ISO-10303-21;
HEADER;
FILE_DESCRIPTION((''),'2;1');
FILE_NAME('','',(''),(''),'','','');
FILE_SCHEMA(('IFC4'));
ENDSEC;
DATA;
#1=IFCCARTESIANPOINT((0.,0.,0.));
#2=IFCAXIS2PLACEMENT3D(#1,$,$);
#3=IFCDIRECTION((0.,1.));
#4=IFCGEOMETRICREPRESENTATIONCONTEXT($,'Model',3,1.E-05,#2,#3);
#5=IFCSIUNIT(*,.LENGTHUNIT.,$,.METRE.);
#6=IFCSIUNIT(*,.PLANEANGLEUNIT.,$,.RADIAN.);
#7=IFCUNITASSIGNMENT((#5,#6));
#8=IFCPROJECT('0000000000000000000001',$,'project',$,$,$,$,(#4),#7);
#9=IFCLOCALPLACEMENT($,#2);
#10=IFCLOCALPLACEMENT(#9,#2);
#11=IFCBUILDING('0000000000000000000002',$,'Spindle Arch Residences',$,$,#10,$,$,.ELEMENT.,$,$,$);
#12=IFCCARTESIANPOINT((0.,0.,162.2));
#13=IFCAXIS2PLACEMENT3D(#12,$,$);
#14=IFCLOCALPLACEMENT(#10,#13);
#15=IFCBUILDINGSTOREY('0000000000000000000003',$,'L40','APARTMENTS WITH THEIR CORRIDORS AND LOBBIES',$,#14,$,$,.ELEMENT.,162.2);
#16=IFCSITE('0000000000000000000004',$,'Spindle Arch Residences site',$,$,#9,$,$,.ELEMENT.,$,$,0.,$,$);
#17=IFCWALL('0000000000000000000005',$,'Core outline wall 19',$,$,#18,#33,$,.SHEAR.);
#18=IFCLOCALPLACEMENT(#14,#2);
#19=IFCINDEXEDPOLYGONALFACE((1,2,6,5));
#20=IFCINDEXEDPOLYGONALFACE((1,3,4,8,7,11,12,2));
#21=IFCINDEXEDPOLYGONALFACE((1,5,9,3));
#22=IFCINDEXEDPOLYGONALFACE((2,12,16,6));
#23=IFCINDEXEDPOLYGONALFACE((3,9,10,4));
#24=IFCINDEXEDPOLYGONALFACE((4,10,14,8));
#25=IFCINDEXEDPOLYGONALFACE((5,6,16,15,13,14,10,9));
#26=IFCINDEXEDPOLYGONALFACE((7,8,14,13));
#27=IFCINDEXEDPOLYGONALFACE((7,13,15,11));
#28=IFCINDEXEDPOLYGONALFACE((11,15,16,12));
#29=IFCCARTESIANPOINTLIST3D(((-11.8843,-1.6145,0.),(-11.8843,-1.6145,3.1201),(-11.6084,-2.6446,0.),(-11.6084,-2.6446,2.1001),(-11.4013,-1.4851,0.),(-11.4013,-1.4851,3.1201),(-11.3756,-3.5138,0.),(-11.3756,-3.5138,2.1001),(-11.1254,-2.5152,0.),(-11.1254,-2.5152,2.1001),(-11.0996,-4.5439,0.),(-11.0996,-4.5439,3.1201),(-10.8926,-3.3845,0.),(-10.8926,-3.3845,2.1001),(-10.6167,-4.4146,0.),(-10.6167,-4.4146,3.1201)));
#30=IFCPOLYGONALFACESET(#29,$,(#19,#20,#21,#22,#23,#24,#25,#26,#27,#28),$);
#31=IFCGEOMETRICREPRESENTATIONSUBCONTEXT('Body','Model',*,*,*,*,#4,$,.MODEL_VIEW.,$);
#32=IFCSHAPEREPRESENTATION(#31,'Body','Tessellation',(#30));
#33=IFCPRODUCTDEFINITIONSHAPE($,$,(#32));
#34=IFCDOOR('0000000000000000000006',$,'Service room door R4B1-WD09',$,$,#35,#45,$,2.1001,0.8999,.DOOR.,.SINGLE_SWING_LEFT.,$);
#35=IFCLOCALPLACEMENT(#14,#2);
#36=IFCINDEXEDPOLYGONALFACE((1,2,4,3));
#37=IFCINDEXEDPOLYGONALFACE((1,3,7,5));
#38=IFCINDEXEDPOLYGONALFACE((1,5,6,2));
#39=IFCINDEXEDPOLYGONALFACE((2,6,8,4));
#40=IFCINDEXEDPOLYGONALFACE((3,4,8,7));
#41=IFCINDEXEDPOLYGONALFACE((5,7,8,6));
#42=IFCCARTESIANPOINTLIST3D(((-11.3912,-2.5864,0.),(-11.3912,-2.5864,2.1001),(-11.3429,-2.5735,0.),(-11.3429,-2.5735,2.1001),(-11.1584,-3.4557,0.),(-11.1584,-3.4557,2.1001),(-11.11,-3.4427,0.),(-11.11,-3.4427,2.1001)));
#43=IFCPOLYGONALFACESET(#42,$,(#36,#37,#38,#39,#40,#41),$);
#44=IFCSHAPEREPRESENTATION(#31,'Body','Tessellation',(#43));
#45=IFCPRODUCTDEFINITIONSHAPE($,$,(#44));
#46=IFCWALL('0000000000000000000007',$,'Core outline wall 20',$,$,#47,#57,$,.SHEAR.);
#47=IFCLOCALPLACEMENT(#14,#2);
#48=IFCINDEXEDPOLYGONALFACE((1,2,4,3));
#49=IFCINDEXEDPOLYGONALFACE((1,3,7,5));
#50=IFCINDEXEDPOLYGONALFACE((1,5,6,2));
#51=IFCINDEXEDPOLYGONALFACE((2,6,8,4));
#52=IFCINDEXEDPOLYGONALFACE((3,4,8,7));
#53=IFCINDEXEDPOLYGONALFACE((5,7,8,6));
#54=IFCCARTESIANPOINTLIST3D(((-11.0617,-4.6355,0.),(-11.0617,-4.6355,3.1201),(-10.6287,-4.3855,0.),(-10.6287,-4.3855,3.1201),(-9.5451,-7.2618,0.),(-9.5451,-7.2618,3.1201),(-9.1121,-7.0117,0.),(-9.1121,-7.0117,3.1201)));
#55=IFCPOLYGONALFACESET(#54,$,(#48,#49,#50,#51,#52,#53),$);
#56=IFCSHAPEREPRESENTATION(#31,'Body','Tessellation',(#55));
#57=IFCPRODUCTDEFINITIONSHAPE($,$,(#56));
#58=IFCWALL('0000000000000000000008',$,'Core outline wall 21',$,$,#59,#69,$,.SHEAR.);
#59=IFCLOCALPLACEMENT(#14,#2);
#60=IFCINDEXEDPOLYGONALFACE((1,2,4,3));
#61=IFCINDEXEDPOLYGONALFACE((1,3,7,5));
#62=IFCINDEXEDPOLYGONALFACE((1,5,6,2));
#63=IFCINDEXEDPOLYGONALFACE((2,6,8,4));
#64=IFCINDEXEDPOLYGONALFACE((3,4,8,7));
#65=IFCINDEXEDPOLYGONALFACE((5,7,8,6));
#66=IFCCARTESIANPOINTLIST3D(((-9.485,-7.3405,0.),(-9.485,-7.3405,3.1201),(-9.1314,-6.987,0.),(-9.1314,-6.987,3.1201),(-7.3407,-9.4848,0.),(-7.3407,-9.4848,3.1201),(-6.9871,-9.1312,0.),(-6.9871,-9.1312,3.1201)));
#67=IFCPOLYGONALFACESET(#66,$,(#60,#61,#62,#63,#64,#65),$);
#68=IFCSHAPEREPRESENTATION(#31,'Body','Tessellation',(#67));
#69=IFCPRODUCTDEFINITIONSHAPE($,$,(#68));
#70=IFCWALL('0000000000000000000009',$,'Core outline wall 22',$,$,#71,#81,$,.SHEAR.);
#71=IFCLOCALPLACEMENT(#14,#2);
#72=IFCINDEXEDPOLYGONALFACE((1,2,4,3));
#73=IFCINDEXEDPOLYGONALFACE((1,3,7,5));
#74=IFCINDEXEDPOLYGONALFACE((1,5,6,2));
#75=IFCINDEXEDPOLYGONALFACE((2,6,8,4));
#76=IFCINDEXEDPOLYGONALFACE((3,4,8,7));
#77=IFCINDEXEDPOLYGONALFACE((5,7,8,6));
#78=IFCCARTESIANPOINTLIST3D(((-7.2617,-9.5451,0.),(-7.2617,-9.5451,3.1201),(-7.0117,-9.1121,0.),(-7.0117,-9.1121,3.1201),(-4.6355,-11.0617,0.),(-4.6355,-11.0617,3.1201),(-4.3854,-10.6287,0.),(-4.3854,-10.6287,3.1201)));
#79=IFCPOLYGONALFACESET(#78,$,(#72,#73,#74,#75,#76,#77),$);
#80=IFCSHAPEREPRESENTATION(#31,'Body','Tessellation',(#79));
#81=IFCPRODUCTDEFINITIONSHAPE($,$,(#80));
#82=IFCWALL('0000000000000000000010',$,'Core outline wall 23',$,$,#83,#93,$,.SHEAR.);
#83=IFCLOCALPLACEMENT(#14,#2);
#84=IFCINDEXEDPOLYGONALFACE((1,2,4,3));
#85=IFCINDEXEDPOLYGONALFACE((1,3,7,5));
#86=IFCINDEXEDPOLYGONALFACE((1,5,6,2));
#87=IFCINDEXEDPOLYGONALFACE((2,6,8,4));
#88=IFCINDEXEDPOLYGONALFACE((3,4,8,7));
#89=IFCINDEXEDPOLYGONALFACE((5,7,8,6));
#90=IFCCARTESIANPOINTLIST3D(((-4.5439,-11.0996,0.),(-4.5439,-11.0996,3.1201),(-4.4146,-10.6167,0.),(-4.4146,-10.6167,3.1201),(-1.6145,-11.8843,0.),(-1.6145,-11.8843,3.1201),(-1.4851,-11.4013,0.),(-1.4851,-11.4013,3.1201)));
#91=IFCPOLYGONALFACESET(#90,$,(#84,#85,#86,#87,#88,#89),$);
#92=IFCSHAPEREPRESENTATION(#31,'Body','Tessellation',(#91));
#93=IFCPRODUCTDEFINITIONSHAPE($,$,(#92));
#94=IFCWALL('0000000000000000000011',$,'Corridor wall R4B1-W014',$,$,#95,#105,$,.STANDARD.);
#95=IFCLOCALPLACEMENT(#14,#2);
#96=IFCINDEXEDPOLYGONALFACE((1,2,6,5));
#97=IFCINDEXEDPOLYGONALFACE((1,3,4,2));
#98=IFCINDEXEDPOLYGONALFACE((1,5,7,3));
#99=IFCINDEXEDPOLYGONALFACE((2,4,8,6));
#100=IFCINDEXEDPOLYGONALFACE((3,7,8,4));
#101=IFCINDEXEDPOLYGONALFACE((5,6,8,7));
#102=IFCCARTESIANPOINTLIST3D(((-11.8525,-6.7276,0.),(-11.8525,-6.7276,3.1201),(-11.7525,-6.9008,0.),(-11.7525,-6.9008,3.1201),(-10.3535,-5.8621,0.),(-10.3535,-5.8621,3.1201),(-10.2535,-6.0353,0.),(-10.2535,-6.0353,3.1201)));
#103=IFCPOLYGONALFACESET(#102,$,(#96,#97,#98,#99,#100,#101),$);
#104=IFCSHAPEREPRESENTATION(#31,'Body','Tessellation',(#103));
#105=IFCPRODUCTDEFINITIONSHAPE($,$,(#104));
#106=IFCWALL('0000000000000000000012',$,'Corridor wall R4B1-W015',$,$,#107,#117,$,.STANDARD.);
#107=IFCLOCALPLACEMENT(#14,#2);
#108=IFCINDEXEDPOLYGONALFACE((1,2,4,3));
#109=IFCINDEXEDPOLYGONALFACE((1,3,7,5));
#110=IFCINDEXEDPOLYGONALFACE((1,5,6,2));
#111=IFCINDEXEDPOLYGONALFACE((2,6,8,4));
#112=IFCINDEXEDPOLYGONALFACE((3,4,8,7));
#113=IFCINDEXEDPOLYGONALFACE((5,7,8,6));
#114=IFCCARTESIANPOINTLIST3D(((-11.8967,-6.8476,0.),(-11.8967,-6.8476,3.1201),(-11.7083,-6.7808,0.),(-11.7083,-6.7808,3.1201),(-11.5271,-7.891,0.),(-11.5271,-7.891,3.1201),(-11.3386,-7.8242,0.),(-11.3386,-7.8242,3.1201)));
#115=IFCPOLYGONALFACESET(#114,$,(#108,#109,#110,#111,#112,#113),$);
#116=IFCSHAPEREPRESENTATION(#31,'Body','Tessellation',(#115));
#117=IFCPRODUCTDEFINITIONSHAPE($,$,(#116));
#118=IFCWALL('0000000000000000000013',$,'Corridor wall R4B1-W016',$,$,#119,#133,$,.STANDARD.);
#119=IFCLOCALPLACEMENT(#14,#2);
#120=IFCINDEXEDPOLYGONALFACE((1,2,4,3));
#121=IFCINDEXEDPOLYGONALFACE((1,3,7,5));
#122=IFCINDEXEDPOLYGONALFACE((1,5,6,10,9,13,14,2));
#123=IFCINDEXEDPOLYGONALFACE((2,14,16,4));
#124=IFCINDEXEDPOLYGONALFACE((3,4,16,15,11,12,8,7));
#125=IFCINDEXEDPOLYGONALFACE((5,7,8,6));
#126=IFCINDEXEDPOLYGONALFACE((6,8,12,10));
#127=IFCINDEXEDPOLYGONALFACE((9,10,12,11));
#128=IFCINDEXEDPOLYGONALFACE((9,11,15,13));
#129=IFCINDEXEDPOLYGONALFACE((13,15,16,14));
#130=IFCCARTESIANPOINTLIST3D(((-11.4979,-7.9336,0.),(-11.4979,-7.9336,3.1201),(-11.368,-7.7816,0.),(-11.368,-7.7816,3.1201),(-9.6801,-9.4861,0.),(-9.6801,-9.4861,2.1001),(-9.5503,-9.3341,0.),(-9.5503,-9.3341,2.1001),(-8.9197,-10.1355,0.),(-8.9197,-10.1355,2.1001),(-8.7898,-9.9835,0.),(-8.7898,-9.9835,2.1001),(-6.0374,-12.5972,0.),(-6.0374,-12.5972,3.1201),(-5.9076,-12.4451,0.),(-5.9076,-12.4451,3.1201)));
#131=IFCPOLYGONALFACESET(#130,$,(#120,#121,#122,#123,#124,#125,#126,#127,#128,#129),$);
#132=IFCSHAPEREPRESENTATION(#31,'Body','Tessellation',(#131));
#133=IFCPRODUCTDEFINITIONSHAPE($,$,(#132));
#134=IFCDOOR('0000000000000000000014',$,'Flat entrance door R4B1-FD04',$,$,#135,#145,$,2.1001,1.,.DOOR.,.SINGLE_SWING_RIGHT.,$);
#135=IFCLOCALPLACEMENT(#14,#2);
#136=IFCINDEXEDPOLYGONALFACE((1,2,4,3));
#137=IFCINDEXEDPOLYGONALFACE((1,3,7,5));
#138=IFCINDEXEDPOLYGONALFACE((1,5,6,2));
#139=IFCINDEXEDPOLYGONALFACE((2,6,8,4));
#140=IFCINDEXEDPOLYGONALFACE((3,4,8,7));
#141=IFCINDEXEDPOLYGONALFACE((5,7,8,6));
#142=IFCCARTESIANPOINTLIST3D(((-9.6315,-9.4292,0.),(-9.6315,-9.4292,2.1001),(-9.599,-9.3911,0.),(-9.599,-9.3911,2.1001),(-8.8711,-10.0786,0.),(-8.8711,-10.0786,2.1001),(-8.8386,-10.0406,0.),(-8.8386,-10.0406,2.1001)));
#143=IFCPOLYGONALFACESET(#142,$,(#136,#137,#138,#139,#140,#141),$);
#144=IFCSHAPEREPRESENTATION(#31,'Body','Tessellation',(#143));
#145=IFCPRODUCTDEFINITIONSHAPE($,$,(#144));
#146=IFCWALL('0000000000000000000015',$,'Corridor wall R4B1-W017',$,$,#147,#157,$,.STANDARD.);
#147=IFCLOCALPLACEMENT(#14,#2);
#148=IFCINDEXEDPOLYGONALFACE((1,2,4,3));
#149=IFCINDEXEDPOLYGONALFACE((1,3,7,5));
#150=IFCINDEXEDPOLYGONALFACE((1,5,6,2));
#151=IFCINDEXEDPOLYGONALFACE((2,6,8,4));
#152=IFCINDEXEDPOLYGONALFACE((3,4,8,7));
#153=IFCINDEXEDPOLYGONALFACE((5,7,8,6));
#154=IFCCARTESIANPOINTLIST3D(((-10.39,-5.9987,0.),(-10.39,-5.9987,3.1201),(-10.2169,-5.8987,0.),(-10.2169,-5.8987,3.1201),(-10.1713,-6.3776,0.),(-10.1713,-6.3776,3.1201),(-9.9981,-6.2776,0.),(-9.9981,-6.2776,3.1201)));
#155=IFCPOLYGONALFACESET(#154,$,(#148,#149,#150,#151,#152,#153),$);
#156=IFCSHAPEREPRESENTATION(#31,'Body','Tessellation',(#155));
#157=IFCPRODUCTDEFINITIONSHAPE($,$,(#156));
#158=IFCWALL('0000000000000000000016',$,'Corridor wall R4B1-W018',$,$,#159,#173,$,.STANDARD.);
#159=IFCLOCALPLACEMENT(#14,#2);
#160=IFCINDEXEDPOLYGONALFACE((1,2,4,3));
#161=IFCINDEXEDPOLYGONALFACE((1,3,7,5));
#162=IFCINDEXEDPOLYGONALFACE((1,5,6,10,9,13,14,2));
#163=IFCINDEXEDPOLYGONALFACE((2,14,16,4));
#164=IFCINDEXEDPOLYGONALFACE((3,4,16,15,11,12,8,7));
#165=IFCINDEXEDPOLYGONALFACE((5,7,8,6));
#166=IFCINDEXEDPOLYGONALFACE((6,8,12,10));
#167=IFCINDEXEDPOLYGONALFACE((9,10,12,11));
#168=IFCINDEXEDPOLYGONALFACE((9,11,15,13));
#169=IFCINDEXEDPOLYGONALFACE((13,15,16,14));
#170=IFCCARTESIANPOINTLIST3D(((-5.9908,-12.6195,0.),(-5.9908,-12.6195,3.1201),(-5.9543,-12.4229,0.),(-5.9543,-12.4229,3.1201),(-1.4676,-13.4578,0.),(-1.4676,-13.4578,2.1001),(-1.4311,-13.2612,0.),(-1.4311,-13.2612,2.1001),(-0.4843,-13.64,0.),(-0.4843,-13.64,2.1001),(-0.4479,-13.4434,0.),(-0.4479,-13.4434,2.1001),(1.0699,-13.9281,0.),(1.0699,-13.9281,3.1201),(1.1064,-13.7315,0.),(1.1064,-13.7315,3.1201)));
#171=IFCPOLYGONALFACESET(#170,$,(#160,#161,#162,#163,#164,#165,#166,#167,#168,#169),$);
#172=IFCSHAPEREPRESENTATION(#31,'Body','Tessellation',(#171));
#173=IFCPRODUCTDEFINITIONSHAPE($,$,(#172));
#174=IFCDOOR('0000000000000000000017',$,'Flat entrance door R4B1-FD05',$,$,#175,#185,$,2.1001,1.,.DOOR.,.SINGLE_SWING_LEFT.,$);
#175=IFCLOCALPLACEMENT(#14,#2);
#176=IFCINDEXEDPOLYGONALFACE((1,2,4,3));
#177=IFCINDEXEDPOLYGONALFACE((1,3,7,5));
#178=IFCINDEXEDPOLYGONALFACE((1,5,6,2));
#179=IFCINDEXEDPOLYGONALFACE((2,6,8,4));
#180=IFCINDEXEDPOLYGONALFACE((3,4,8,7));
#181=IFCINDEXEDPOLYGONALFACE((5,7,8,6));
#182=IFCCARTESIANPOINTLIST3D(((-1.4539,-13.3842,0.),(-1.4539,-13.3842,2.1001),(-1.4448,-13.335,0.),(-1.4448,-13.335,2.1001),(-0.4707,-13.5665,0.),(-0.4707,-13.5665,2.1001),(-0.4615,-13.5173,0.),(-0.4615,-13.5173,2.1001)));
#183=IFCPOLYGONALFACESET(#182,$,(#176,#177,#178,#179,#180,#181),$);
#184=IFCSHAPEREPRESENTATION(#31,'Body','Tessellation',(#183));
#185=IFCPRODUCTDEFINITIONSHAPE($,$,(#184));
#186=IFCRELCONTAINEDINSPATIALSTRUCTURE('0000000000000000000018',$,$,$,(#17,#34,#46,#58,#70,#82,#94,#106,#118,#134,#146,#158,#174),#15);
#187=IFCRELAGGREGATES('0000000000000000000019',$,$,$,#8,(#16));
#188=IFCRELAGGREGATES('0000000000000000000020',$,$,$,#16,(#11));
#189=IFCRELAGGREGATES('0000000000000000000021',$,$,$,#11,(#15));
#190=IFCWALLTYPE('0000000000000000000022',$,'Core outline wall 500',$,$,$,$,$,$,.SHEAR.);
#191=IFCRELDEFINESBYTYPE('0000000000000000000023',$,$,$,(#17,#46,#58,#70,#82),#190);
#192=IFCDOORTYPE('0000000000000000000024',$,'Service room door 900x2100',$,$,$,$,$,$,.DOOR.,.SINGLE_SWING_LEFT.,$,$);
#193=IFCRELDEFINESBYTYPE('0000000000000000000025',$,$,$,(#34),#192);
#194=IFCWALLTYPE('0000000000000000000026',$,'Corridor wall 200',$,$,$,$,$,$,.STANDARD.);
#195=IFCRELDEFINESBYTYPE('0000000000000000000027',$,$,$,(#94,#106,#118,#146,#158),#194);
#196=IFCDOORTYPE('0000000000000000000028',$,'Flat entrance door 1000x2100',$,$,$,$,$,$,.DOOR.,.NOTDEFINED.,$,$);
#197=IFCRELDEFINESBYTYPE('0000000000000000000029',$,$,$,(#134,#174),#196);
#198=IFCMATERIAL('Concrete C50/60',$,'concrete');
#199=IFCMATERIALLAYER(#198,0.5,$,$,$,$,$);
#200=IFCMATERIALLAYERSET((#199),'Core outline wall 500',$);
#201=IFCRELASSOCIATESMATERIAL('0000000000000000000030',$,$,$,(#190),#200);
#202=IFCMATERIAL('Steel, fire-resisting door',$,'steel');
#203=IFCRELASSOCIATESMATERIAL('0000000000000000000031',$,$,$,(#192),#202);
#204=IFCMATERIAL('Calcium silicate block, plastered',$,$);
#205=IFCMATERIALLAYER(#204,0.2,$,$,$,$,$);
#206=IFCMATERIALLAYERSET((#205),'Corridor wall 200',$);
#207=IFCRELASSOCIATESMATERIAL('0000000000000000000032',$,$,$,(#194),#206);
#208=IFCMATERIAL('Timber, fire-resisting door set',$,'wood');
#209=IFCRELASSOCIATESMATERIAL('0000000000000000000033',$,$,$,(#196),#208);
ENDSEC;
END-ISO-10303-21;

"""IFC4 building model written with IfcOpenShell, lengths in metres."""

from ifc_helpers import new_model, si_unit, direction, frame, frame_2d, origin, place, context, subcontext, project, spatial, rectangle, extrude, material, layer, layer_set, type_object, element, fill, save


model = new_model("IFC4")

# Units and contexts
model_context = context("Model", 3, precision=1e-05, world=origin(), true_north=direction((0.0, 1.0)))
body_context = subcontext(model_context, "Body", "Model", "MODEL_VIEW")
ifc_project = project(units=[si_unit("LENGTHUNIT", "METRE"), si_unit("PLANEANGLEUNIT", "RADIAN")], contexts=[model_context])

# Site, building, storey
site_placement = place(None, origin())
site = spatial("IfcSite", under=ifc_project, at=site_placement, Name="Spindle Arch Residences site", CompositionType="ELEMENT", RefElevation=0.0)
building_placement = place(site_placement, origin())
building = spatial("IfcBuilding", under=site, at=building_placement, Name="Spindle Arch Residences", CompositionType="ELEMENT")
storey_placement = place(building_placement, frame((0.0, 0.0, 162.2)))
storey = spatial("IfcBuildingStorey", under=building, at=storey_placement, Name="L40", Description="APARTMENTS WITH THEIR CORRIDORS AND LOBBIES", CompositionType="ELEMENT", Elevation=162.2)

# Wall, opening, door
ifc_material_1 = material(Name="Concrete C50/60", Category="concrete")
ifc_layer_1 = layer(ifc_material_1, 0.5)
ifc_layer_set_1 = layer_set([ifc_layer_1], Name="Core outline wall 500")
wall_type_1 = type_object("IfcWallType", Name="Core outline wall 500", PredefinedType="SHEAR", material=ifc_layer_set_1)
wall_1_placement = place(storey_placement, frame((-11.6428, -1.5498, 0.0), z_axis=(0.0, 0.0, 1.0), x_axis=(0.258735, -0.965948, 0.0)))
wall_1 = element("IfcWall", 1, at=wall_1_placement, inside=storey, type_object=wall_type_1, Name="Core outline wall 19", PredefinedType="SHEAR", context=body_context, shape_type="SweptSolid", body=[
    extrude(rectangle(XDim=3.0327, YDim=0.5, at=frame_2d((1.5164, 0.0))), origin(), (0.0, 0.0, 1.0), 3.1201),
])
opening_1_placement = place(wall_1_placement, frame((1.0664, 0.0, 0.0)))
opening_1 = element("IfcOpeningElement", 2, at=opening_1_placement, cuts=wall_1, PredefinedType="OPENING", context=body_context, shape_type="SweptSolid", body=[
    extrude(rectangle(XDim=0.8999, YDim=2.1001, at=frame_2d((0.45, 1.05))), frame((0.0, 0.26, 0.0), z_axis=(0.0, -1.0, 0.0), x_axis=(1.0, 0.0, 0.0)), (0.0, 0.0, 1.0), 0.52),
])
ifc_material_2 = material(Name="Steel, fire-resisting door", Category="steel")
door_type_1 = type_object("IfcDoorType", Name="Service room door 900x2100", OperationType="SINGLE_SWING_LEFT", PredefinedType="DOOR", material=ifc_material_2)
door_1_placement = place(opening_1_placement, origin())
door_1 = element("IfcDoor", 3, at=door_1_placement, inside=storey, type_object=door_type_1, Name="Service room door R4B1-WD09", OperationType="SINGLE_SWING_LEFT", OverallHeight=2.1001, OverallWidth=0.8999, PredefinedType="DOOR", context=body_context, shape_type="SweptSolid", body=[
    extrude(rectangle(XDim=0.8999, YDim=2.1001, at=frame_2d((0.45, 1.05))), frame((0.0, 0.0249, 0.0), z_axis=(0.0, -1.0, 0.0), x_axis=(1.0, 0.0, 0.0)), (0.0, 0.0, 1.0), 0.05),
])
fill(opening_1, door_1)

# Walls
wall_2_placement = place(storey_placement, frame((-10.8452, -4.5105, 0.0), z_axis=(0.0, 0.0, 1.0), x_axis=(0.500087, -0.865975, 0.0)))
element("IfcWall", 4, at=wall_2_placement, inside=storey, type_object=wall_type_1, Name="Core outline wall 20", PredefinedType="SHEAR", context=body_context, shape_type="SweptSolid", body=[
    extrude(rectangle(XDim=3.0327, YDim=0.5, at=frame_2d((1.5164, 0.0))), origin(), (0.0, 0.0, 1.0), 3.1201),
])
wall_3_placement = place(storey_placement, frame((-9.3081, -7.1638, 0.0), z_axis=(0.0, 0.0, 1.0), x_axis=(0.707107, -0.707107, 0.0)))
element("IfcWall", 5, at=wall_3_placement, inside=storey, type_object=wall_type_1, Name="Core outline wall 21", PredefinedType="SHEAR", context=body_context, shape_type="SweptSolid", body=[
    extrude(rectangle(XDim=3.0325, YDim=0.5, at=frame_2d((1.5161, 0.0))), origin(), (0.0, 0.0, 1.0), 3.1201),
])
for number, where, z_axis, x_axis, name in (
    (6, (-7.1367, -9.3286, 0.0), (0.0, 0.0, 1.0), (0.865975, -0.500087, 0.0), "Core outline wall 22"),
    (7, (-4.4792, -10.8582, 0.0), (0.0, 0.0, 1.0), (0.965948, -0.258735, 0.0), "Core outline wall 23"),
):
    element("IfcWall", number, at=place(storey_placement, frame(where, z_axis=z_axis, x_axis=x_axis)), inside=storey, type_object=wall_type_1, Name=name, PredefinedType="SHEAR", context=body_context, shape_type="SweptSolid", body=[
        extrude(rectangle(XDim=3.0327, YDim=0.5, at=frame_2d((1.5164, 0.0))), origin(), (0.0, 0.0, 1.0), 3.1201),
    ])
ifc_material_3 = material(Name="Calcium silicate block, plastered")
ifc_layer_2 = layer(ifc_material_3, 0.2)
ifc_layer_set_2 = layer_set([ifc_layer_2], Name="Corridor wall 200")
wall_type_2 = type_object("IfcWallType", Name="Corridor wall 200", PredefinedType="STANDARD", material=ifc_layer_set_2)
wall_4_placement = place(storey_placement, frame((-10.3035, -5.9487, 0.0), z_axis=(0.0, 0.0, 1.0), x_axis=(-0.866021, -0.500007, 0.0)))
element("IfcWall", 8, at=wall_4_placement, inside=storey, type_object=wall_type_2, Name="Corridor wall R4B1-W014", PredefinedType="STANDARD", context=body_context, shape_type="SweptSolid", body=[
    extrude(rectangle(XDim=1.731, YDim=0.2, at=frame_2d((0.8655, 0.0))), origin(), (0.0, 0.0, 1.0), 3.1201),
])
wall_5_placement = place(storey_placement, frame((-11.8025, -6.8142, 0.0), z_axis=(0.0, 0.0, 1.0), x_axis=(0.333904, -0.942607, 0.0)))
element("IfcWall", 9, at=wall_5_placement, inside=storey, type_object=wall_type_2, Name="Corridor wall R4B1-W015", PredefinedType="STANDARD", context=body_context, shape_type="SweptSolid", body=[
    extrude(rectangle(XDim=1.1069, YDim=0.2, at=frame_2d((0.5535, 0.0))), origin(), (0.0, 0.0, 1.0), 3.1201),
])

# Wall, opening, door
wall_6_placement = place(storey_placement, frame((-11.4329, -7.8577, 0.0), z_axis=(0.0, 0.0, 1.0), x_axis=(0.760412, -0.649441, 0.0)))
wall_6 = element("IfcWall", 10, at=wall_6_placement, inside=storey, type_object=wall_type_2, Name="Corridor wall R4B1-W016", PredefinedType="STANDARD", context=body_context, shape_type="SweptSolid", body=[
    extrude(rectangle(XDim=7.1809, YDim=0.2, at=frame_2d((3.5903, 0.0))), origin(), (0.0, 0.0, 1.0), 3.1201),
])
opening_2_placement = place(wall_6_placement, frame((2.3904, 0.0, 0.0)))
opening_2 = element("IfcOpeningElement", 11, at=opening_2_placement, cuts=wall_6, PredefinedType="OPENING", context=body_context, shape_type="SweptSolid", body=[
    extrude(rectangle(XDim=1.0, YDim=2.1001, at=frame_2d((0.5, 1.05))), frame((0.0, 0.1099, 0.0), z_axis=(0.0, -1.0, 0.0), x_axis=(1.0, 0.0, 0.0)), (0.0, 0.0, 1.0), 0.22),
])
ifc_material_4 = material(Name="Timber, fire-resisting door set", Category="wood")
door_type_2 = type_object("IfcDoorType", Name="Flat entrance door 1000x2100", OperationType="NOTDEFINED", PredefinedType="DOOR", material=ifc_material_4)
door_2_placement = place(opening_2_placement, origin())
door_2 = element("IfcDoor", 12, at=door_2_placement, inside=storey, type_object=door_type_2, Name="Flat entrance door R4B1-FD04", OperationType="SINGLE_SWING_RIGHT", OverallHeight=2.1001, OverallWidth=1.0, PredefinedType="DOOR", context=body_context, shape_type="SweptSolid", body=[
    extrude(rectangle(XDim=1.0, YDim=2.1001, at=frame_2d((0.5, 1.05))), frame((0.0, 0.0249, 0.0), z_axis=(0.0, -1.0, 0.0), x_axis=(1.0, 0.0, 0.0)), (0.0, 0.0, 1.0), 0.05),
])
fill(opening_2, door_2)

# Wall
wall_7_placement = place(storey_placement, frame((-10.3035, -5.9487, 0.0), z_axis=(0.0, 0.0, 1.0), x_axis=(0.49998, -0.866037, 0.0)))
element("IfcWall", 13, at=wall_7_placement, inside=storey, type_object=wall_type_2, Name="Corridor wall R4B1-W017", PredefinedType="STANDARD", context=body_context, shape_type="SweptSolid", body=[
    extrude(rectangle(XDim=0.4375, YDim=0.2, at=frame_2d((0.2188, 0.0))), origin(), (0.0, 0.0, 1.0), 3.1201),
])

# Wall, opening, door
wall_8_placement = place(storey_placement, frame((-5.9724, -12.5212, 0.0), z_axis=(0.0, 0.0, 1.0), x_axis=(0.983256, -0.182229, 0.0)))
wall_8 = element("IfcWall", 14, at=wall_8_placement, inside=storey, type_object=wall_type_2, Name="Corridor wall R4B1-W018", PredefinedType="STANDARD", context=body_context, shape_type="SweptSolid", body=[
    extrude(rectangle(XDim=7.1809, YDim=0.2, at=frame_2d((3.5903, 0.0))), origin(), (0.0, 0.0, 1.0), 3.1201),
])
opening_3_placement = place(wall_8_placement, frame((4.6001, 0.0, 0.0)))
opening_3 = element("IfcOpeningElement", 15, at=opening_3_placement, cuts=wall_8, PredefinedType="OPENING", context=body_context, shape_type="SweptSolid", body=[
    extrude(rectangle(XDim=1.0, YDim=2.1001, at=frame_2d((0.5, 1.05))), frame((0.0, 0.1099, 0.0), z_axis=(0.0, -1.0, 0.0), x_axis=(1.0, 0.0, 0.0)), (0.0, 0.0, 1.0), 0.22),
])
door_3_placement = place(opening_3_placement, origin())
door_3 = element("IfcDoor", 16, at=door_3_placement, inside=storey, type_object=door_type_2, Name="Flat entrance door R4B1-FD05", OperationType="SINGLE_SWING_LEFT", OverallHeight=2.1001, OverallWidth=1.0, PredefinedType="DOOR", context=body_context, shape_type="SweptSolid", body=[
    extrude(rectangle(XDim=1.0, YDim=2.1001, at=frame_2d((0.5, 1.05))), frame((0.0, 0.0249, 0.0), z_axis=(0.0, -1.0, 0.0), x_axis=(1.0, 0.0, 0.0)), (0.0, 0.0, 1.0), 0.05),
])
fill(opening_3, door_3)

save(model, "model.ifc")
